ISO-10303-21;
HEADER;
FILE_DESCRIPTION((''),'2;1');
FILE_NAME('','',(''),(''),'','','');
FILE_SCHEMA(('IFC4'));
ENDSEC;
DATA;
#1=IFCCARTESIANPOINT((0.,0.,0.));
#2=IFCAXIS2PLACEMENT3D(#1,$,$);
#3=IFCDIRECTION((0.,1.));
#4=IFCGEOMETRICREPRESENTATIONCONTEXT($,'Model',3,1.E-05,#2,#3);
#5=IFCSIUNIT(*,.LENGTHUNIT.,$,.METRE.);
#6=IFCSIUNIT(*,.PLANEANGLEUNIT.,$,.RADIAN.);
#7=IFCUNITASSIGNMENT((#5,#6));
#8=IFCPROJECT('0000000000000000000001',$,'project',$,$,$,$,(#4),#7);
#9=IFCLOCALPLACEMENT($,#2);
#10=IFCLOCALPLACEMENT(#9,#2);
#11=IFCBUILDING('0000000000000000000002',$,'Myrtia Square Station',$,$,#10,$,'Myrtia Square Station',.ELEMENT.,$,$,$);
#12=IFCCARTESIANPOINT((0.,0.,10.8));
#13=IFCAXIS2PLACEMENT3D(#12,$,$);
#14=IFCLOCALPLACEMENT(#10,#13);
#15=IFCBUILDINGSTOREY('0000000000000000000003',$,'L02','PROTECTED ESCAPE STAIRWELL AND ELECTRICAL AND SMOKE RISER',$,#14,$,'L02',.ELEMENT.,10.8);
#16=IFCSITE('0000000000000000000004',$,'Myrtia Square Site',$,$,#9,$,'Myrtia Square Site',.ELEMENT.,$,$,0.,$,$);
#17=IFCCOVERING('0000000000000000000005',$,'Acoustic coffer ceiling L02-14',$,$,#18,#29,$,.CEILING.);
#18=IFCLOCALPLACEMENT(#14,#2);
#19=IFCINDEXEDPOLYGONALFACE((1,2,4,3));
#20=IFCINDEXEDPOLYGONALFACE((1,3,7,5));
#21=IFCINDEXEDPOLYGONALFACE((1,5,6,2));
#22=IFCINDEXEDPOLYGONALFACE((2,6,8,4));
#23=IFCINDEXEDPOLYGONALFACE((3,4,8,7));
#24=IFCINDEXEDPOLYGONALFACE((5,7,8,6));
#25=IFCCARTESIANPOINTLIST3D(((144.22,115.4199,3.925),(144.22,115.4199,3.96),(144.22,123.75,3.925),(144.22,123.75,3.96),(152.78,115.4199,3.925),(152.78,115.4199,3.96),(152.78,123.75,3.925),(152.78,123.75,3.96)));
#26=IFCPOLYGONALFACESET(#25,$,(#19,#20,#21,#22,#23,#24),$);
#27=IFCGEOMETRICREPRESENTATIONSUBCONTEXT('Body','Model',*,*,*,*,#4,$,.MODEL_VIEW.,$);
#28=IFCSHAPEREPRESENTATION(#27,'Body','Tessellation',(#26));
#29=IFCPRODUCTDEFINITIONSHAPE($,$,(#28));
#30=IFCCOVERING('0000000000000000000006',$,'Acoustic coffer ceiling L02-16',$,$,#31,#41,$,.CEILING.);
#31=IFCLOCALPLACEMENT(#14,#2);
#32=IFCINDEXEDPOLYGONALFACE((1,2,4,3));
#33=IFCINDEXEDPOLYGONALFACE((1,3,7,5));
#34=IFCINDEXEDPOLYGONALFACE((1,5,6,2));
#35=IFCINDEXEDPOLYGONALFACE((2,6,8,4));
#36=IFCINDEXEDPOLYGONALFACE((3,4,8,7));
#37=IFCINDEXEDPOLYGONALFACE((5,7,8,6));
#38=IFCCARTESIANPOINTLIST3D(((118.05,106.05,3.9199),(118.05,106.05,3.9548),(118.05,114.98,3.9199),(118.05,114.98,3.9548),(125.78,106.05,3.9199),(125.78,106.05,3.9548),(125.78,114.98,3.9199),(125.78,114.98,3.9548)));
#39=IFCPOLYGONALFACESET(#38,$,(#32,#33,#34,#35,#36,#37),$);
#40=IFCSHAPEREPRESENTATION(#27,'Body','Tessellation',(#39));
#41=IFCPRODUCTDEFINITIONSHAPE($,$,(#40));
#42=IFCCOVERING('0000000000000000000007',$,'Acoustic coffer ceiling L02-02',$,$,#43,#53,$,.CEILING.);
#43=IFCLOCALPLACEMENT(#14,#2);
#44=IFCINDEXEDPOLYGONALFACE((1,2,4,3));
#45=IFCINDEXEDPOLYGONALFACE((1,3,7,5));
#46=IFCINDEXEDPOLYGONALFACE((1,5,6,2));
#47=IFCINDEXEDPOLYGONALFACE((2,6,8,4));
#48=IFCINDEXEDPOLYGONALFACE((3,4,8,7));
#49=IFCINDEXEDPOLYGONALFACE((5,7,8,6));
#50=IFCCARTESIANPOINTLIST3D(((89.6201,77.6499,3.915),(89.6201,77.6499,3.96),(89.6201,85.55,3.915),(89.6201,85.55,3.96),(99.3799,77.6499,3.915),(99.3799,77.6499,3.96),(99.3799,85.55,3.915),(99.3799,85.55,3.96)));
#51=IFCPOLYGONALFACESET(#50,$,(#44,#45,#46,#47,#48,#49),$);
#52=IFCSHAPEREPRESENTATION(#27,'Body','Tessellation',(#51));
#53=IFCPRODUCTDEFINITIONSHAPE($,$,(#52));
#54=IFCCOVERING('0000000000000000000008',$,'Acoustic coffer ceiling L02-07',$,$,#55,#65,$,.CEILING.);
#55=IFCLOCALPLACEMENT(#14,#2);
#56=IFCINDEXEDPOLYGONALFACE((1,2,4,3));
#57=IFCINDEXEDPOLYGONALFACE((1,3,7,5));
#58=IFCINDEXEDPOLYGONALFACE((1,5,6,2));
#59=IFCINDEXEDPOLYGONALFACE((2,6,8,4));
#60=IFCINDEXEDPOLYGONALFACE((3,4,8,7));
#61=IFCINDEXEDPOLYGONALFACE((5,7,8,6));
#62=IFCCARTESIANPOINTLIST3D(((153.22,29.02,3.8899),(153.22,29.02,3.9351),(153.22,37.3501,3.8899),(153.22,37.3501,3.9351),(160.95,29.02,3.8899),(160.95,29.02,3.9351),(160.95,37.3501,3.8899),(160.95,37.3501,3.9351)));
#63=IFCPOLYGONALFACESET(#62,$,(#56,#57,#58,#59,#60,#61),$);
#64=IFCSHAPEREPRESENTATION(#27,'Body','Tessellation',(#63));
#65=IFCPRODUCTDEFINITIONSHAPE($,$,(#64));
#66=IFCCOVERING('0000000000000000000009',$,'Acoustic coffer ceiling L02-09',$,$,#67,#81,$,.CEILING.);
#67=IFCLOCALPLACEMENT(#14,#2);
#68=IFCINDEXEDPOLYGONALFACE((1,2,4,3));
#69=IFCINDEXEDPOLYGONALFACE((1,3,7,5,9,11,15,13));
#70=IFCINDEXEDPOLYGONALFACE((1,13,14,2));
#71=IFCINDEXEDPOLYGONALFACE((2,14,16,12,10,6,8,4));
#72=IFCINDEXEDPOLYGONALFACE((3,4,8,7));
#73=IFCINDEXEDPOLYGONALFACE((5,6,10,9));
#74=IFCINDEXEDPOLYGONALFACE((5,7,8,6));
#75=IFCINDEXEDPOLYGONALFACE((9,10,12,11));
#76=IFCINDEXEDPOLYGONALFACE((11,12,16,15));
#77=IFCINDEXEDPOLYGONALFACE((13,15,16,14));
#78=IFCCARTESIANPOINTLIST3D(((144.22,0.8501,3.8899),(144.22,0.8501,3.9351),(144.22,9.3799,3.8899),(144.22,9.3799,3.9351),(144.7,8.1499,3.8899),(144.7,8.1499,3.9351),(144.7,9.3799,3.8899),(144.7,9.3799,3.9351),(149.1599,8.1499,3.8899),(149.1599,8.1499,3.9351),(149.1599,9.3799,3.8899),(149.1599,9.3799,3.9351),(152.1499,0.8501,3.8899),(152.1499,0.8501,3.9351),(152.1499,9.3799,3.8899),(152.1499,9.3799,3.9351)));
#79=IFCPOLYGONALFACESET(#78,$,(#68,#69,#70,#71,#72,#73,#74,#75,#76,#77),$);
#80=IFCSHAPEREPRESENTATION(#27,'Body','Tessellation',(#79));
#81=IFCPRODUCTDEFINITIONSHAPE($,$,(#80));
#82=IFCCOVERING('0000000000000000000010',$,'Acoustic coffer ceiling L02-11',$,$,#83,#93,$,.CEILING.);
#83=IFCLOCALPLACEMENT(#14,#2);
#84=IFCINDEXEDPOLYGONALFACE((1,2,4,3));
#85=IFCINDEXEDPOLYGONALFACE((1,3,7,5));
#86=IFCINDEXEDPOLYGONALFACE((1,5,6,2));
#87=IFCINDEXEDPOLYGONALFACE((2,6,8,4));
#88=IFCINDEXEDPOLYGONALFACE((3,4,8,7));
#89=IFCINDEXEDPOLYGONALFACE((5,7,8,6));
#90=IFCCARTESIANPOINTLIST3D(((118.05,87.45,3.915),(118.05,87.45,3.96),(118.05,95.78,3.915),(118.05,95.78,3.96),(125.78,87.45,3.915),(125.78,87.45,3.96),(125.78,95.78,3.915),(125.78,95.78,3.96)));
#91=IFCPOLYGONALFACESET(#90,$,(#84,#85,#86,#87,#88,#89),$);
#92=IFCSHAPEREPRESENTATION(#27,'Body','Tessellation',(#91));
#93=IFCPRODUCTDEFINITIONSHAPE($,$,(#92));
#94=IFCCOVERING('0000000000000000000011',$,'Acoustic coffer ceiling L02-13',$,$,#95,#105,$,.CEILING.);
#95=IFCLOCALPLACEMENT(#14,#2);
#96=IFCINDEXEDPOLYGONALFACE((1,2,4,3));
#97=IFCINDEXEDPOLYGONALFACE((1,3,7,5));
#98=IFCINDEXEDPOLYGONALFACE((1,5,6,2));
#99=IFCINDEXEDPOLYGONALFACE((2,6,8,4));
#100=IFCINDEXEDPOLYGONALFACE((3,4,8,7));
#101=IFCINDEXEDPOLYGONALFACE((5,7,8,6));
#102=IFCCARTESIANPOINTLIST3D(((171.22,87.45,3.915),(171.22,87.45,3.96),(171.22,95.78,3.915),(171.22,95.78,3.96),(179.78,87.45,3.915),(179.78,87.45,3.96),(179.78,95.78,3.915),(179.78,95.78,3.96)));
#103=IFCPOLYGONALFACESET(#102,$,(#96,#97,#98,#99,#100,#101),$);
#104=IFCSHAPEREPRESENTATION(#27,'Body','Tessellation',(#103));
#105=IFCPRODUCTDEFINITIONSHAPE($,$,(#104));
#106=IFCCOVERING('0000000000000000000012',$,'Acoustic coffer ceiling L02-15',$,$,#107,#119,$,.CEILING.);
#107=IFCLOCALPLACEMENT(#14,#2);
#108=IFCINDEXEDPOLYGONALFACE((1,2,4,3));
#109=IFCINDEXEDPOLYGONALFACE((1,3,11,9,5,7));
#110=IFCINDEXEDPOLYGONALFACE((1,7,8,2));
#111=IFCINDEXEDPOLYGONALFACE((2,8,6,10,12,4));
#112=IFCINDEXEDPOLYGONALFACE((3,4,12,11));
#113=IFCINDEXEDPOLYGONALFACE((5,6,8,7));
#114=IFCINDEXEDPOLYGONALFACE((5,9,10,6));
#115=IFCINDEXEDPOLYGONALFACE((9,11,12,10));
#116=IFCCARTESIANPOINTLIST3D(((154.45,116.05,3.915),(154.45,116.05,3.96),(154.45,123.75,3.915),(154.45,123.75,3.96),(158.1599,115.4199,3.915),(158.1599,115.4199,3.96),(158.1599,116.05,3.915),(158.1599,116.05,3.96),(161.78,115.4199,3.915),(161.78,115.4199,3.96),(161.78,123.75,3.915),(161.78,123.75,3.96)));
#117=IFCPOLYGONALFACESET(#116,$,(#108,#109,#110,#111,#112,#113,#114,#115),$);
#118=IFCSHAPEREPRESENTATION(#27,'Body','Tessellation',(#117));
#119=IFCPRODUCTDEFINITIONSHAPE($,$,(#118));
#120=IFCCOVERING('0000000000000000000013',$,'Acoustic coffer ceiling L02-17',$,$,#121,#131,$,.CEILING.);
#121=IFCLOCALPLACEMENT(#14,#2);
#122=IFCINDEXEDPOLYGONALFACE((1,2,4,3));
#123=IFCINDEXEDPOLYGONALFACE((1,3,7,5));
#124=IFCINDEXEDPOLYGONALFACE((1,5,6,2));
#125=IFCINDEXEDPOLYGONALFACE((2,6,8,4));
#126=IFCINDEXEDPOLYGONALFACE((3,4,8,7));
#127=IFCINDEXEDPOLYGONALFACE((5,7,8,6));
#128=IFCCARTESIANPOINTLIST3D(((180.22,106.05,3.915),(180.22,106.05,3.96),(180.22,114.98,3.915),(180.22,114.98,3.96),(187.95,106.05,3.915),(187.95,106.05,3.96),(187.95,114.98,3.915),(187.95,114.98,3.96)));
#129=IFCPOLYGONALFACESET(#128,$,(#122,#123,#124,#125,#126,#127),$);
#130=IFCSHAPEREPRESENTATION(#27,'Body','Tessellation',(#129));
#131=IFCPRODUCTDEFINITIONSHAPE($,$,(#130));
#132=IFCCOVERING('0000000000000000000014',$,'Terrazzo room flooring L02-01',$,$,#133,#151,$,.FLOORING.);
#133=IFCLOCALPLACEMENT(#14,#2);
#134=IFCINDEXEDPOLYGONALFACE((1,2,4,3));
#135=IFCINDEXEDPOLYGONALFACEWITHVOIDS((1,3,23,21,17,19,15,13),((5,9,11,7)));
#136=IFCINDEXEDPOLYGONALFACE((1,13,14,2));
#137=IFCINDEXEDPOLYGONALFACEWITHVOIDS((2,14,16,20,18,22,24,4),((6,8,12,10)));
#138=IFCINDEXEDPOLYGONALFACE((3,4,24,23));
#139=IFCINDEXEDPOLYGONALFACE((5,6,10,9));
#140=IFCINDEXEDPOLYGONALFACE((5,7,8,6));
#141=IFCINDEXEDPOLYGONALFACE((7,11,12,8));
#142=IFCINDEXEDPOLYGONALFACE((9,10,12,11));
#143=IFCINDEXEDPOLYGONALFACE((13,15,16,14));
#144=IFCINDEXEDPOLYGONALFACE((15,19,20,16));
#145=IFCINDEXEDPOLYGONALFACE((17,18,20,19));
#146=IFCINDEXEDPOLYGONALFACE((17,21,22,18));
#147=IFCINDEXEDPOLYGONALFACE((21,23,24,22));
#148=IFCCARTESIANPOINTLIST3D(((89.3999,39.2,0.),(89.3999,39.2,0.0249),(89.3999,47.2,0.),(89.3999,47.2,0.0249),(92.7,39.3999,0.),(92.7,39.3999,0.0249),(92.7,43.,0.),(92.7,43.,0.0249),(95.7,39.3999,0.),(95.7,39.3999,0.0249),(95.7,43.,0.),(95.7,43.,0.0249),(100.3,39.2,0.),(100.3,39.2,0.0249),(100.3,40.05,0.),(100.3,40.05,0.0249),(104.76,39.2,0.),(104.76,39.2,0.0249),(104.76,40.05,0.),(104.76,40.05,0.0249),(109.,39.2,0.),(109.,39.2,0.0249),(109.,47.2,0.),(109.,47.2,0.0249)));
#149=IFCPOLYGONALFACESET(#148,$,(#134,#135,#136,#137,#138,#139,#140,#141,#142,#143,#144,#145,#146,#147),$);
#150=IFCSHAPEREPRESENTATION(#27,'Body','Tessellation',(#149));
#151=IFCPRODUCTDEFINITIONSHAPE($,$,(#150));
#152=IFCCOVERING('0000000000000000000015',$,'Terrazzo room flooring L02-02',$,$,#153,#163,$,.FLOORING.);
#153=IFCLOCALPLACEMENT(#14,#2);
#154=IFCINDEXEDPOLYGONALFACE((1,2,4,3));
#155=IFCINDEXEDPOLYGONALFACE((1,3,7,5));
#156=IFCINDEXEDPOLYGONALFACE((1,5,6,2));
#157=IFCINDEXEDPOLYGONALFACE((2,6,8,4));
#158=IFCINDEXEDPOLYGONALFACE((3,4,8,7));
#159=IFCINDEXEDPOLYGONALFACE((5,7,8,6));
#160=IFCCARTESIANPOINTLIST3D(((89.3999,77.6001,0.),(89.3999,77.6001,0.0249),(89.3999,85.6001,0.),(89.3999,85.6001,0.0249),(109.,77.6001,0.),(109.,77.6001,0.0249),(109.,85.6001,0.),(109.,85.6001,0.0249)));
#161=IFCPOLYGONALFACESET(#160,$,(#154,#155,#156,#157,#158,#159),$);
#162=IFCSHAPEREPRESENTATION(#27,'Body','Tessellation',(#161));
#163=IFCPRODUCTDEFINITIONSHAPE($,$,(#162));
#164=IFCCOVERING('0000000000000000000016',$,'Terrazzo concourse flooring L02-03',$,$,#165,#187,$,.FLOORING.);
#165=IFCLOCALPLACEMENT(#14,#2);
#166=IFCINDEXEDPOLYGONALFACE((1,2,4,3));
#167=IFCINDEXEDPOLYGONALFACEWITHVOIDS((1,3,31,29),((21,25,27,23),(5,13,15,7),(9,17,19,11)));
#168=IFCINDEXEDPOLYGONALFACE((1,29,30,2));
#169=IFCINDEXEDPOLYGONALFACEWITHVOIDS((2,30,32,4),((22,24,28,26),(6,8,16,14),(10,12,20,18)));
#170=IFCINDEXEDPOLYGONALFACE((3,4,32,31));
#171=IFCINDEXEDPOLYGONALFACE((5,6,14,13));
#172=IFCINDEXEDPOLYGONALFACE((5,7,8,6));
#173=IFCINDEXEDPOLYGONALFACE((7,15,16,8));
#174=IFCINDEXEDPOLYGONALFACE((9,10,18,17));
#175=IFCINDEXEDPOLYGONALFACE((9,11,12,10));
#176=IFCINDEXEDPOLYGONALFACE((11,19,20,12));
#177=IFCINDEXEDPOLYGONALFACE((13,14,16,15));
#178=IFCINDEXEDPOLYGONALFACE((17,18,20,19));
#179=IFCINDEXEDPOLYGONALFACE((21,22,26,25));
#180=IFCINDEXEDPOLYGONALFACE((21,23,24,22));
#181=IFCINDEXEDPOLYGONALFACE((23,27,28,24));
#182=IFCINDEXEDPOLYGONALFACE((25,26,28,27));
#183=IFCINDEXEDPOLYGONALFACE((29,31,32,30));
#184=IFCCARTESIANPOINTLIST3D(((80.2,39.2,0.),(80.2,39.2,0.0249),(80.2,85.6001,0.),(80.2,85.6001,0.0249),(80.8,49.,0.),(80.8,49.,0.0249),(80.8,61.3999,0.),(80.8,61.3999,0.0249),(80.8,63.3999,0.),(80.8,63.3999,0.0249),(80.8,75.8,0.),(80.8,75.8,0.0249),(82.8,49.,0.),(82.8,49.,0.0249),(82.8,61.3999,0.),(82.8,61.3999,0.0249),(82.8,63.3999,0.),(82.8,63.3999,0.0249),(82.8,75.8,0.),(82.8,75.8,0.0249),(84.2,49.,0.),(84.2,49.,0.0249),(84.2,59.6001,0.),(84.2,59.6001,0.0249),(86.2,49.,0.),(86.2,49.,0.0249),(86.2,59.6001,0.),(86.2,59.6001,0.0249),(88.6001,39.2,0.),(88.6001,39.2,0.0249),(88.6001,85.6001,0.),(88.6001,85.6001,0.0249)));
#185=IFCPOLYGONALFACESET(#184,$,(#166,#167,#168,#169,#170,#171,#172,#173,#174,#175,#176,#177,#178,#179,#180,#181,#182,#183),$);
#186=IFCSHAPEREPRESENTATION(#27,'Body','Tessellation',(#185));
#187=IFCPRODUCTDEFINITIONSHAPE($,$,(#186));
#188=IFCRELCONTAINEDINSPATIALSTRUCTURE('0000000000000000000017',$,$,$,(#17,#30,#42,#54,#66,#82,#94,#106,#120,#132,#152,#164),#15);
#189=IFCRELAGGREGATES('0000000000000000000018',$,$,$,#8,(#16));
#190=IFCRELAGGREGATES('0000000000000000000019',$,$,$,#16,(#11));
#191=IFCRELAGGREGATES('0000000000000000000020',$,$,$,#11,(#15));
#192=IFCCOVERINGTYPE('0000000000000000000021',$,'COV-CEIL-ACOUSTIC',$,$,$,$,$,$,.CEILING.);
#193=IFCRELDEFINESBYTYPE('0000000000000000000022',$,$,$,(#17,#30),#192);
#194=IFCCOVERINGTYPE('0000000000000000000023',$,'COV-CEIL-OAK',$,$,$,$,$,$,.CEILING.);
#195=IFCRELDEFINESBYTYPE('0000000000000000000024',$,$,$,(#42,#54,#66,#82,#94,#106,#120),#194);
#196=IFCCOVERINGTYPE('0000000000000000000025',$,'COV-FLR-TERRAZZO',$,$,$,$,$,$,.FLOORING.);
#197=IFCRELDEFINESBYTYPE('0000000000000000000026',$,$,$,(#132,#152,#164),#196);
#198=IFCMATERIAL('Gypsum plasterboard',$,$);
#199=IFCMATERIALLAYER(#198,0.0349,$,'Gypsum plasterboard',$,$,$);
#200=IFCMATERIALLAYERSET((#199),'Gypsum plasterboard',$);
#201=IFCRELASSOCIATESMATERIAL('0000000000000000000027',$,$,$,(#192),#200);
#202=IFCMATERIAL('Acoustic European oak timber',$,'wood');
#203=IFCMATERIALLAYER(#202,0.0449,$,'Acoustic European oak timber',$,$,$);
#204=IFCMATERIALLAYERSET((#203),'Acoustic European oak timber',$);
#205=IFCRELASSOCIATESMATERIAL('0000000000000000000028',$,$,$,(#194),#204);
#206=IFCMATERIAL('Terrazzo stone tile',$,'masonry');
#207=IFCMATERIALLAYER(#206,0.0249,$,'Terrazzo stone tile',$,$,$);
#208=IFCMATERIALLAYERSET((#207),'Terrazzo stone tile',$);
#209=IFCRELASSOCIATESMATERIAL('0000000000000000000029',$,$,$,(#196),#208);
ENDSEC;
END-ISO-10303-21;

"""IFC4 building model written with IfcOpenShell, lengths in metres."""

from ifc_helpers import new_model, si_unit, direction, frame, origin, place, context, subcontext, project, spatial, polyline, outline, extrude, material, layer, layer_set, type_object, element, save


model = new_model("IFC4")

# Units and contexts
model_context = context("Model", 3, precision=1e-05, world=origin(), true_north=direction((0.0, 1.0)))
body_context = subcontext(model_context, "Body", "Model", "MODEL_VIEW")
ifc_project = project(units=[si_unit("LENGTHUNIT", "METRE"), si_unit("PLANEANGLEUNIT", "RADIAN")], contexts=[model_context])

# Site, building, storey
site_placement = place(None, origin())
site = spatial("IfcSite", under=ifc_project, at=site_placement, Name="Myrtia Square Site", LongName="Myrtia Square Site", CompositionType="ELEMENT", RefElevation=0.0)
building_placement = place(site_placement, origin())
building = spatial("IfcBuilding", under=site, at=building_placement, Name="Myrtia Square Station", LongName="Myrtia Square Station", CompositionType="ELEMENT")
storey_placement = place(building_placement, frame((0.0, 0.0, 10.8)))
storey = spatial("IfcBuildingStorey", under=building, at=storey_placement, Name="L02", Description="PROTECTED ESCAPE STAIRWELL AND ELECTRICAL AND SMOKE RISER", LongName="L02", CompositionType="ELEMENT", Elevation=10.8)

# Coverings
ifc_material_1 = material(Name="Gypsum plasterboard")
ifc_layer_1 = layer(ifc_material_1, 0.0349, Name="Gypsum plasterboard")
ifc_layer_set_1 = layer_set([ifc_layer_1], Name="Gypsum plasterboard")
covering_type_1 = type_object("IfcCoveringType", Name="COV-CEIL-ACOUSTIC", PredefinedType="CEILING", material=ifc_layer_set_1)
covering_1_placement = place(storey_placement, frame((0.0, 0.0, 3.925)))
element("IfcCovering", 1, at=covering_1_placement, inside=storey, type_object=covering_type_1, Name="Acoustic coffer ceiling L02-14", PredefinedType="CEILING", context=body_context, shape_type="SweptSolid", body=[
    extrude(outline(polyline([(152.78, 123.75), (152.78, 115.4199), (144.22, 115.4199), (144.22, 123.75), (152.78, 123.75)])), origin(), (0.0, 0.0, 1.0), 0.0349),
])
covering_2_placement = place(storey_placement, frame((0.0, 0.0, 3.9199)))
element("IfcCovering", 2, at=covering_2_placement, inside=storey, type_object=covering_type_1, Name="Acoustic coffer ceiling L02-16", PredefinedType="CEILING", context=body_context, shape_type="SweptSolid", body=[
    extrude(outline(polyline([(118.05, 106.05), (118.05, 114.98), (125.78, 114.98), (125.78, 106.05), (118.05, 106.05)])), origin(), (0.0, 0.0, 1.0), 0.0349),
])
ifc_material_2 = material(Name="Acoustic European oak timber", Category="wood")
ifc_layer_2 = layer(ifc_material_2, 0.0449, Name="Acoustic European oak timber")
ifc_layer_set_2 = layer_set([ifc_layer_2], Name="Acoustic European oak timber")
covering_type_2 = type_object("IfcCoveringType", Name="COV-CEIL-OAK", PredefinedType="CEILING", material=ifc_layer_set_2)
covering_3_placement = place(storey_placement, frame((0.0, 0.0, 3.915)))
element("IfcCovering", 3, at=covering_3_placement, inside=storey, type_object=covering_type_2, Name="Acoustic coffer ceiling L02-02", PredefinedType="CEILING", context=body_context, shape_type="SweptSolid", body=[
    extrude(outline(polyline([(99.3799, 85.55), (99.3799, 77.6499), (89.6201, 77.6499), (89.6201, 85.55), (99.3799, 85.55)])), origin(), (0.0, 0.0, 1.0), 0.0449),
])
covering_4_placement = place(storey_placement, frame((0.0, 0.0, 3.8899)))
element("IfcCovering", 4, at=covering_4_placement, inside=storey, type_object=covering_type_2, Name="Acoustic coffer ceiling L02-07", PredefinedType="CEILING", context=body_context, shape_type="SweptSolid", body=[
    extrude(outline(polyline([(160.95, 37.3501), (160.95, 29.02), (153.22, 29.02), (153.22, 37.3501), (160.95, 37.3501)])), origin(), (0.0, 0.0, 1.0), 0.0452),
])
covering_5_placement = place(storey_placement, frame((0.0, 0.0, 3.8899)))
element("IfcCovering", 5, at=covering_5_placement, inside=storey, type_object=covering_type_2, Name="Acoustic coffer ceiling L02-09", PredefinedType="CEILING", context=body_context, shape_type="SweptSolid", body=[
    extrude(outline(polyline([(144.7, 8.1499), (149.1599, 8.1499), (149.1599, 9.3799), (152.1499, 9.3799), (152.1499, 0.8501), (144.22, 0.8501), (144.22, 9.3799), (144.7, 9.3799), (144.7, 8.1499)])), origin(), (0.0, 0.0, 1.0), 0.0452),
])
covering_6_placement = place(storey_placement, frame((0.0, 0.0, 3.915)))
element("IfcCovering", 6, at=covering_6_placement, inside=storey, type_object=covering_type_2, Name="Acoustic coffer ceiling L02-11", PredefinedType="CEILING", context=body_context, shape_type="SweptSolid", body=[
    extrude(outline(polyline([(118.05, 87.45), (118.05, 95.78), (125.78, 95.78), (125.78, 87.45), (118.05, 87.45)])), origin(), (0.0, 0.0, 1.0), 0.0449),
])
covering_7_placement = place(storey_placement, frame((0.0, 0.0, 3.915)))
element("IfcCovering", 7, at=covering_7_placement, inside=storey, type_object=covering_type_2, Name="Acoustic coffer ceiling L02-13", PredefinedType="CEILING", context=body_context, shape_type="SweptSolid", body=[
    extrude(outline(polyline([(171.22, 87.45), (171.22, 95.78), (179.78, 95.78), (179.78, 87.45), (171.22, 87.45)])), origin(), (0.0, 0.0, 1.0), 0.0449),
])
covering_8_placement = place(storey_placement, frame((0.0, 0.0, 3.915)))
element("IfcCovering", 8, at=covering_8_placement, inside=storey, type_object=covering_type_2, Name="Acoustic coffer ceiling L02-15", PredefinedType="CEILING", context=body_context, shape_type="SweptSolid", body=[
    extrude(outline(polyline([(158.1599, 116.05), (154.45, 116.05), (154.45, 123.75), (161.78, 123.75), (161.78, 115.4199), (158.1599, 115.4199), (158.1599, 116.05)])), origin(), (0.0, 0.0, 1.0), 0.0449),
])
covering_9_placement = place(storey_placement, frame((0.0, 0.0, 3.915)))
element("IfcCovering", 9, at=covering_9_placement, inside=storey, type_object=covering_type_2, Name="Acoustic coffer ceiling L02-17", PredefinedType="CEILING", context=body_context, shape_type="SweptSolid", body=[
    extrude(outline(polyline([(187.95, 106.05), (180.22, 106.05), (180.22, 114.98), (187.95, 114.98), (187.95, 106.05)])), origin(), (0.0, 0.0, 1.0), 0.0449),
])
ifc_material_3 = material(Name="Terrazzo stone tile", Category="masonry")
ifc_layer_3 = layer(ifc_material_3, 0.0249, Name="Terrazzo stone tile")
ifc_layer_set_3 = layer_set([ifc_layer_3], Name="Terrazzo stone tile")
covering_type_3 = type_object("IfcCoveringType", Name="COV-FLR-TERRAZZO", PredefinedType="FLOORING", material=ifc_layer_set_3)
covering_10_placement = place(storey_placement, origin())
element("IfcCovering", 10, at=covering_10_placement, inside=storey, type_object=covering_type_3, Name="Terrazzo room flooring L02-01", PredefinedType="FLOORING", context=body_context, shape_type="SweptSolid", body=[
    extrude(outline(polyline([(89.3999, 47.2), (109.0, 47.2), (109.0, 39.2), (104.76, 39.2), (104.76, 40.05), (100.3, 40.05), (100.3, 39.2), (89.3999, 39.2), (89.3999, 47.2)]), holes=[polyline([(95.7, 43.0), (92.7, 43.0), (92.7, 39.3999), (95.7, 39.3999), (95.7, 43.0)])]), origin(), (0.0, 0.0, 1.0), 0.0249),
])
covering_11_placement = place(storey_placement, origin())
element("IfcCovering", 11, at=covering_11_placement, inside=storey, type_object=covering_type_3, Name="Terrazzo room flooring L02-02", PredefinedType="FLOORING", context=body_context, shape_type="SweptSolid", body=[
    extrude(outline(polyline([(89.3999, 85.6001), (109.0, 85.6001), (109.0, 77.6001), (89.3999, 77.6001), (89.3999, 85.6001)])), origin(), (0.0, 0.0, 1.0), 0.0249),
])
covering_12_placement = place(storey_placement, origin())
element("IfcCovering", 12, at=covering_12_placement, inside=storey, type_object=covering_type_3, Name="Terrazzo concourse flooring L02-03", PredefinedType="FLOORING", context=body_context, shape_type="SweptSolid", body=[
    extrude(outline(polyline([(80.2, 85.6001), (88.6001, 85.6001), (88.6001, 39.2), (80.2, 39.2), (80.2, 85.6001)]), holes=[polyline([(86.2, 59.6001), (84.2, 59.6001), (84.2, 49.0), (86.2, 49.0), (86.2, 59.6001)]), polyline([(82.8, 61.3999), (80.8, 61.3999), (80.8, 49.0), (82.8, 49.0), (82.8, 61.3999)]), polyline([(82.8, 75.8), (80.8, 75.8), (80.8, 63.3999), (82.8, 63.3999), (82.8, 75.8)])]), origin(), (0.0, 0.0, 1.0), 0.0249),
])

save(model, "model.ifc")
